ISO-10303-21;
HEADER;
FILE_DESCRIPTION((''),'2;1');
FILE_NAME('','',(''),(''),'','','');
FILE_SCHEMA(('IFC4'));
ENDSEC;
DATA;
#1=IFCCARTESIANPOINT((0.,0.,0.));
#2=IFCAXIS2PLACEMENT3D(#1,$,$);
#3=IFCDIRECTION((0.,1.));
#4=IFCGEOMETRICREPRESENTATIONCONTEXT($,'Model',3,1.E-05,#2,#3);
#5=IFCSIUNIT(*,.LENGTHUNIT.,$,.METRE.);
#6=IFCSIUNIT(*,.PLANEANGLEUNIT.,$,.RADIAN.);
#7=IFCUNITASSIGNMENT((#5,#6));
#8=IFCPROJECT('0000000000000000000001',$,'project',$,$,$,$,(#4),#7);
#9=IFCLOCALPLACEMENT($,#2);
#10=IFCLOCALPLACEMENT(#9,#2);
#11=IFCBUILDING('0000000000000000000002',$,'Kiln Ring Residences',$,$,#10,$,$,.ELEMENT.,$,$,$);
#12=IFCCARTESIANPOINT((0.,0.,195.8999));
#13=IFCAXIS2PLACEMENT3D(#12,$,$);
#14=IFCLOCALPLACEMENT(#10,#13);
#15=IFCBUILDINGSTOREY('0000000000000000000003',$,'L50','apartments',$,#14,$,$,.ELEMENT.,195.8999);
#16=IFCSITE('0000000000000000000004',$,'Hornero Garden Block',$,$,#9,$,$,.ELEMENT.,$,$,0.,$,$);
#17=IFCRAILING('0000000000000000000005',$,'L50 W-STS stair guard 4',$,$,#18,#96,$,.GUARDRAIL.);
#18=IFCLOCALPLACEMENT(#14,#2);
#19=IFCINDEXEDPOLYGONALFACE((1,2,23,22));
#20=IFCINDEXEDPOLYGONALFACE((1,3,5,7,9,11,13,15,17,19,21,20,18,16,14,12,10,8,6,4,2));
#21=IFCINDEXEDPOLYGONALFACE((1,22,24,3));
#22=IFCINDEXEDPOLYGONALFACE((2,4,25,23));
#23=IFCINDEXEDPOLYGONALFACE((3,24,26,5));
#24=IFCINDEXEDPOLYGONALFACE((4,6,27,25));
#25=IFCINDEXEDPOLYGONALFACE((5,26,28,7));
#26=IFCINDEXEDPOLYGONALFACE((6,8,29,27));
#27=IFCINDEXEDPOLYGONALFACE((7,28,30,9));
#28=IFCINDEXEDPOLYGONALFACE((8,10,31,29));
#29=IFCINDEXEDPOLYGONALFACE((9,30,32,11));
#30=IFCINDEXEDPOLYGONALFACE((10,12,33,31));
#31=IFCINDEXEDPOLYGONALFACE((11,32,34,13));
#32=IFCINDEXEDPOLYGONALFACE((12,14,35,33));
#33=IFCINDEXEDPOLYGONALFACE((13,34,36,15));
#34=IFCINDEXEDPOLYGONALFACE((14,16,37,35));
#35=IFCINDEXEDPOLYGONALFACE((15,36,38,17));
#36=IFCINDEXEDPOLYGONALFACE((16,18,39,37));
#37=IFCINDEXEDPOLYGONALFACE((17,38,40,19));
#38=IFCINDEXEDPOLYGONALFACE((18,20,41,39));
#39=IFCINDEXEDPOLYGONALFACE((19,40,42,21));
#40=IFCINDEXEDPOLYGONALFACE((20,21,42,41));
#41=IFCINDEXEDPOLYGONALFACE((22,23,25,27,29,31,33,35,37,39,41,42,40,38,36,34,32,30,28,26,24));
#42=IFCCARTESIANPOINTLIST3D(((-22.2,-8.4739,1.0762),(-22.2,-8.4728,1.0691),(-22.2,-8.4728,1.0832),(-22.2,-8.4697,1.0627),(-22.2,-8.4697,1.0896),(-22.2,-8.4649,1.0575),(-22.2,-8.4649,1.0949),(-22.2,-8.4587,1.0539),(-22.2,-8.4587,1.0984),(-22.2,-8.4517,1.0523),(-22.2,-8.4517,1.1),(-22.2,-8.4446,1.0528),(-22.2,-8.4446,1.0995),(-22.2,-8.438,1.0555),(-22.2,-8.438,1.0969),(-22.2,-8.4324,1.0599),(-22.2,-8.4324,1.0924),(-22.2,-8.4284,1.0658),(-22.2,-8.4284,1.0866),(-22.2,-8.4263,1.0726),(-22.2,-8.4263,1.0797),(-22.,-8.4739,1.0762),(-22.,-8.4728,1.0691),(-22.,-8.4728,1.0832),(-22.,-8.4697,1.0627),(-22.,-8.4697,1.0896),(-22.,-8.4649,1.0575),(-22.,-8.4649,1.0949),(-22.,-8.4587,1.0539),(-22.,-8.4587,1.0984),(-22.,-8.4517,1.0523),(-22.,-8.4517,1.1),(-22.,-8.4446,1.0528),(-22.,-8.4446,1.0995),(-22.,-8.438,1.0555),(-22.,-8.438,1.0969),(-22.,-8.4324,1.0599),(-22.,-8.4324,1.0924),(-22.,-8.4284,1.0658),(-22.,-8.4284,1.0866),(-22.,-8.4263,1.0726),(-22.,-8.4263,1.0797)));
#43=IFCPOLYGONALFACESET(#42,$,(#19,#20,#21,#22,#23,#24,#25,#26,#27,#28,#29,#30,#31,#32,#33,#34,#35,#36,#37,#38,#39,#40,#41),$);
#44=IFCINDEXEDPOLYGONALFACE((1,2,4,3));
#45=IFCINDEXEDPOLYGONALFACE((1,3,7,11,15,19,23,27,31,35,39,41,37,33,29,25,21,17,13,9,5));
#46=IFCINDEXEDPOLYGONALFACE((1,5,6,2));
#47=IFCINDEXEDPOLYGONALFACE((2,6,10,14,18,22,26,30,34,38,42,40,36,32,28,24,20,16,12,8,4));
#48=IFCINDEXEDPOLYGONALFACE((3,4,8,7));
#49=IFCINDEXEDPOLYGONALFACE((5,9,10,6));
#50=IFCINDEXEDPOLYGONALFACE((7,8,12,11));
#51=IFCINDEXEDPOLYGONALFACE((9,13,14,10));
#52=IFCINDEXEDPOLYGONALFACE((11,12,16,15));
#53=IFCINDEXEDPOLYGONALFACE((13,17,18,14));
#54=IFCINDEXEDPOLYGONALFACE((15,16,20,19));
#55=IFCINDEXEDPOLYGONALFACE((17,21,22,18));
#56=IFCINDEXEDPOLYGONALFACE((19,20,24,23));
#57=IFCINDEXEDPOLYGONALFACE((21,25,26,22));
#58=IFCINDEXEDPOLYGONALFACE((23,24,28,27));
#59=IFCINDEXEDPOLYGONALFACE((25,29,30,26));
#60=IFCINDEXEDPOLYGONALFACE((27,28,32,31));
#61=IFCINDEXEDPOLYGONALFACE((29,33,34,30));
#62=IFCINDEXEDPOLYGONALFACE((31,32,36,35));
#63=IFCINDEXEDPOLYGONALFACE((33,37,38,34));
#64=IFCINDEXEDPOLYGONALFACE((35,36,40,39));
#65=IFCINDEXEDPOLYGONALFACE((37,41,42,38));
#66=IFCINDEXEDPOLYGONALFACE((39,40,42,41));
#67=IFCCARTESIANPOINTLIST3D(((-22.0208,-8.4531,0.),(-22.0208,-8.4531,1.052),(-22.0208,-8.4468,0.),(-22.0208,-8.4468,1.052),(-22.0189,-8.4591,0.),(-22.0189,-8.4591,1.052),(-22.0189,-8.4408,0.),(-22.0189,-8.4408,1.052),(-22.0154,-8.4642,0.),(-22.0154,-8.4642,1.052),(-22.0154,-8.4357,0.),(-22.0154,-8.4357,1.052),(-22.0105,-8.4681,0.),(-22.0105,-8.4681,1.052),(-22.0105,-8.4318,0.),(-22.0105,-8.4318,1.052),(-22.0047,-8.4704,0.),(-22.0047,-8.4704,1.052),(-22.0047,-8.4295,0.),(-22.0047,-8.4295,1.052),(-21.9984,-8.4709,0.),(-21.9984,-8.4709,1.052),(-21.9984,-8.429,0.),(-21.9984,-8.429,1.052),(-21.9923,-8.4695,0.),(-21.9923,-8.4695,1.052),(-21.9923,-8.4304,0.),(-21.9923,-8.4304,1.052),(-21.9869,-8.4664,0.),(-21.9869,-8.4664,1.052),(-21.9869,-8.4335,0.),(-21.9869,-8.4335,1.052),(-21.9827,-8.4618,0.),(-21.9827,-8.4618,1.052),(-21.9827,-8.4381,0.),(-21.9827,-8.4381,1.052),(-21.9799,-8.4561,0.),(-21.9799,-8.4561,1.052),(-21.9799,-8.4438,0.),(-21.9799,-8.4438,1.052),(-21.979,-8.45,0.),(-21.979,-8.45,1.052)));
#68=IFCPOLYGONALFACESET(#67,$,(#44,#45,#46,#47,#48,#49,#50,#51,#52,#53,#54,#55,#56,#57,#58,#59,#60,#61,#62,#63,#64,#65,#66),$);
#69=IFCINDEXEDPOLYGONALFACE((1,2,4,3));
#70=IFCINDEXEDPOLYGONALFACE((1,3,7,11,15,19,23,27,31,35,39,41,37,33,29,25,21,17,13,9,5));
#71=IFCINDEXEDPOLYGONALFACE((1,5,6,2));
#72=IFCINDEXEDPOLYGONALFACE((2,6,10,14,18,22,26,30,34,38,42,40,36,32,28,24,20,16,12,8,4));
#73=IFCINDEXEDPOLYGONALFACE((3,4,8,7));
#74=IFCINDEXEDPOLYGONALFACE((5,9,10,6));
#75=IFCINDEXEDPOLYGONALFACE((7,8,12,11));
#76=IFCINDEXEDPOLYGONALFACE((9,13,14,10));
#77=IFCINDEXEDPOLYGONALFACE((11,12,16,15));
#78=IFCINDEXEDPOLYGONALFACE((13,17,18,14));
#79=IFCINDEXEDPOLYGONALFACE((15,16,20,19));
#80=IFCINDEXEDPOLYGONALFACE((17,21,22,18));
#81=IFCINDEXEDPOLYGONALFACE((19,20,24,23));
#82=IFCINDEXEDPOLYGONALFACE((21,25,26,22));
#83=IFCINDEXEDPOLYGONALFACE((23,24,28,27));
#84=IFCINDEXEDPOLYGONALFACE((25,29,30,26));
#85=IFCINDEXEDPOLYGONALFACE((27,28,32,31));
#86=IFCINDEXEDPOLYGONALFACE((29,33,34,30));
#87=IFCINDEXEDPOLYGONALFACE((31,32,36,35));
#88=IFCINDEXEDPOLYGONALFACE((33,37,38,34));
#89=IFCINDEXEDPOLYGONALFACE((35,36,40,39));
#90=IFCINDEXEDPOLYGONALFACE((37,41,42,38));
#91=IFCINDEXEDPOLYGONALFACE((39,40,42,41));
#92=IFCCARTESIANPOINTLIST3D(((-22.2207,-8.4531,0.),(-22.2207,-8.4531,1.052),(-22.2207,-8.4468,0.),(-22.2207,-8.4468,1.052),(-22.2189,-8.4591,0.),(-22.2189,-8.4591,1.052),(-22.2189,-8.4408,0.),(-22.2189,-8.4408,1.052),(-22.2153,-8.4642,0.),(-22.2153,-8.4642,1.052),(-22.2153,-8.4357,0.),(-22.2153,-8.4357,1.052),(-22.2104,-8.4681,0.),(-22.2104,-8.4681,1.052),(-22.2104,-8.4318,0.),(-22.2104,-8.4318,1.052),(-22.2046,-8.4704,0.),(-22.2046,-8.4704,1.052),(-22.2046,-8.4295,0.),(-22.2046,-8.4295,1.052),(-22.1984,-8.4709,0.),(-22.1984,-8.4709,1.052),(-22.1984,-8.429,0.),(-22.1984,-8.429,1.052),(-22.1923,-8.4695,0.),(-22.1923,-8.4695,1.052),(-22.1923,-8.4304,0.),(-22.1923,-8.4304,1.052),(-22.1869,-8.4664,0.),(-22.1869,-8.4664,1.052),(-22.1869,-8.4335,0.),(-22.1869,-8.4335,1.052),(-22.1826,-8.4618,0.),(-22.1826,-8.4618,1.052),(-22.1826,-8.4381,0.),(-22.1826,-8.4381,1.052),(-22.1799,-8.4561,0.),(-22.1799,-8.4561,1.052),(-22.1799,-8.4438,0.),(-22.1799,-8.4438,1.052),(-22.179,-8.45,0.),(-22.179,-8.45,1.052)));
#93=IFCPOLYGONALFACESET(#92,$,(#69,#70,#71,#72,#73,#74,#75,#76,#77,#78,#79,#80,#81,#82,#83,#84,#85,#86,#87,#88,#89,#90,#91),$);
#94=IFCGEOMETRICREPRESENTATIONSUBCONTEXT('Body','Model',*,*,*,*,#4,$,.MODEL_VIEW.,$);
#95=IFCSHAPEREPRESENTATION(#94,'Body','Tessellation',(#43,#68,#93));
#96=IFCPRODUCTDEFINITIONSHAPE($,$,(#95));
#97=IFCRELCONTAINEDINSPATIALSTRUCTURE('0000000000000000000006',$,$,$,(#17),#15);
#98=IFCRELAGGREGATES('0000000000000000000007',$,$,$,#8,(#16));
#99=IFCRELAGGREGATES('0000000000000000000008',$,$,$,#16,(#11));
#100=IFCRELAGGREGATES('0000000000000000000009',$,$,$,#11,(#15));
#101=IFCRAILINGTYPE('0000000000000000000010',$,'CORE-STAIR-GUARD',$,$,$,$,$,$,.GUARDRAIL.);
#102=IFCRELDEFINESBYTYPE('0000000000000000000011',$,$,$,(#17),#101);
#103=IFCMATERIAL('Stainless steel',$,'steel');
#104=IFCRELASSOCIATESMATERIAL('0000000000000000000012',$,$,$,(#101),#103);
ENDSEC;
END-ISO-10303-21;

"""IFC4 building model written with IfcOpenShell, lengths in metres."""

from ifc_helpers import new_model, si_unit, direction, frame, origin, origin_2d, place, context, subcontext, project, spatial, circle, extrude, material, type_object, element, save


model = new_model("IFC4")

# Units and contexts
model_context = context("Model", 3, precision=1e-05, world=origin(), true_north=direction((0.0, 1.0)))
body_context = subcontext(model_context, "Body", "Model", "MODEL_VIEW")
ifc_project = project(units=[si_unit("LENGTHUNIT", "METRE"), si_unit("PLANEANGLEUNIT", "RADIAN")], contexts=[model_context])

# Site, building, storey
site_placement = place(None, origin())
site = spatial("IfcSite", under=ifc_project, at=site_placement, Name="Hornero Garden Block", CompositionType="ELEMENT", RefElevation=0.0)
building_placement = place(site_placement, origin())
building = spatial("IfcBuilding", under=site, at=building_placement, Name="Kiln Ring Residences", CompositionType="ELEMENT")
storey_placement = place(building_placement, frame((0.0, 0.0, 195.8999)))
storey = spatial("IfcBuildingStorey", under=building, at=storey_placement, Name="L50", Description="apartments", CompositionType="ELEMENT", Elevation=195.8999)

# Railing
ifc_material_1 = material(Name="Stainless steel", Category="steel")
railing_type_1 = type_object("IfcRailingType", Name="CORE-STAIR-GUARD", PredefinedType="GUARDRAIL", material=ifc_material_1)
railing_1_placement = place(storey_placement, frame((-22.0, -8.45, 0.0)))
element("IfcRailing", 1, at=railing_1_placement, inside=storey, type_object=railing_type_1, Name="L50 W-STS stair guard 4", PredefinedType="GUARDRAIL", context=body_context, shape_type="SweptSolid", body=[
    extrude(circle(Radius=0.0239, at=origin_2d()), frame((0.0, 0.0, 1.0762), z_axis=(-1.0, 0.0, 0.0), x_axis=(0.0, -1.0, 0.0)), (0.0, 0.0, 1.0), 0.2),
    extrude(circle(Radius=0.021, at=origin_2d()), origin(), (0.0, 0.0, 1.0), 1.052),
    extrude(circle(Radius=0.021, at=origin_2d()), frame((-0.2, 0.0, 0.0)), (0.0, 0.0, 1.0), 1.052),
])

save(model, "model.ifc")
